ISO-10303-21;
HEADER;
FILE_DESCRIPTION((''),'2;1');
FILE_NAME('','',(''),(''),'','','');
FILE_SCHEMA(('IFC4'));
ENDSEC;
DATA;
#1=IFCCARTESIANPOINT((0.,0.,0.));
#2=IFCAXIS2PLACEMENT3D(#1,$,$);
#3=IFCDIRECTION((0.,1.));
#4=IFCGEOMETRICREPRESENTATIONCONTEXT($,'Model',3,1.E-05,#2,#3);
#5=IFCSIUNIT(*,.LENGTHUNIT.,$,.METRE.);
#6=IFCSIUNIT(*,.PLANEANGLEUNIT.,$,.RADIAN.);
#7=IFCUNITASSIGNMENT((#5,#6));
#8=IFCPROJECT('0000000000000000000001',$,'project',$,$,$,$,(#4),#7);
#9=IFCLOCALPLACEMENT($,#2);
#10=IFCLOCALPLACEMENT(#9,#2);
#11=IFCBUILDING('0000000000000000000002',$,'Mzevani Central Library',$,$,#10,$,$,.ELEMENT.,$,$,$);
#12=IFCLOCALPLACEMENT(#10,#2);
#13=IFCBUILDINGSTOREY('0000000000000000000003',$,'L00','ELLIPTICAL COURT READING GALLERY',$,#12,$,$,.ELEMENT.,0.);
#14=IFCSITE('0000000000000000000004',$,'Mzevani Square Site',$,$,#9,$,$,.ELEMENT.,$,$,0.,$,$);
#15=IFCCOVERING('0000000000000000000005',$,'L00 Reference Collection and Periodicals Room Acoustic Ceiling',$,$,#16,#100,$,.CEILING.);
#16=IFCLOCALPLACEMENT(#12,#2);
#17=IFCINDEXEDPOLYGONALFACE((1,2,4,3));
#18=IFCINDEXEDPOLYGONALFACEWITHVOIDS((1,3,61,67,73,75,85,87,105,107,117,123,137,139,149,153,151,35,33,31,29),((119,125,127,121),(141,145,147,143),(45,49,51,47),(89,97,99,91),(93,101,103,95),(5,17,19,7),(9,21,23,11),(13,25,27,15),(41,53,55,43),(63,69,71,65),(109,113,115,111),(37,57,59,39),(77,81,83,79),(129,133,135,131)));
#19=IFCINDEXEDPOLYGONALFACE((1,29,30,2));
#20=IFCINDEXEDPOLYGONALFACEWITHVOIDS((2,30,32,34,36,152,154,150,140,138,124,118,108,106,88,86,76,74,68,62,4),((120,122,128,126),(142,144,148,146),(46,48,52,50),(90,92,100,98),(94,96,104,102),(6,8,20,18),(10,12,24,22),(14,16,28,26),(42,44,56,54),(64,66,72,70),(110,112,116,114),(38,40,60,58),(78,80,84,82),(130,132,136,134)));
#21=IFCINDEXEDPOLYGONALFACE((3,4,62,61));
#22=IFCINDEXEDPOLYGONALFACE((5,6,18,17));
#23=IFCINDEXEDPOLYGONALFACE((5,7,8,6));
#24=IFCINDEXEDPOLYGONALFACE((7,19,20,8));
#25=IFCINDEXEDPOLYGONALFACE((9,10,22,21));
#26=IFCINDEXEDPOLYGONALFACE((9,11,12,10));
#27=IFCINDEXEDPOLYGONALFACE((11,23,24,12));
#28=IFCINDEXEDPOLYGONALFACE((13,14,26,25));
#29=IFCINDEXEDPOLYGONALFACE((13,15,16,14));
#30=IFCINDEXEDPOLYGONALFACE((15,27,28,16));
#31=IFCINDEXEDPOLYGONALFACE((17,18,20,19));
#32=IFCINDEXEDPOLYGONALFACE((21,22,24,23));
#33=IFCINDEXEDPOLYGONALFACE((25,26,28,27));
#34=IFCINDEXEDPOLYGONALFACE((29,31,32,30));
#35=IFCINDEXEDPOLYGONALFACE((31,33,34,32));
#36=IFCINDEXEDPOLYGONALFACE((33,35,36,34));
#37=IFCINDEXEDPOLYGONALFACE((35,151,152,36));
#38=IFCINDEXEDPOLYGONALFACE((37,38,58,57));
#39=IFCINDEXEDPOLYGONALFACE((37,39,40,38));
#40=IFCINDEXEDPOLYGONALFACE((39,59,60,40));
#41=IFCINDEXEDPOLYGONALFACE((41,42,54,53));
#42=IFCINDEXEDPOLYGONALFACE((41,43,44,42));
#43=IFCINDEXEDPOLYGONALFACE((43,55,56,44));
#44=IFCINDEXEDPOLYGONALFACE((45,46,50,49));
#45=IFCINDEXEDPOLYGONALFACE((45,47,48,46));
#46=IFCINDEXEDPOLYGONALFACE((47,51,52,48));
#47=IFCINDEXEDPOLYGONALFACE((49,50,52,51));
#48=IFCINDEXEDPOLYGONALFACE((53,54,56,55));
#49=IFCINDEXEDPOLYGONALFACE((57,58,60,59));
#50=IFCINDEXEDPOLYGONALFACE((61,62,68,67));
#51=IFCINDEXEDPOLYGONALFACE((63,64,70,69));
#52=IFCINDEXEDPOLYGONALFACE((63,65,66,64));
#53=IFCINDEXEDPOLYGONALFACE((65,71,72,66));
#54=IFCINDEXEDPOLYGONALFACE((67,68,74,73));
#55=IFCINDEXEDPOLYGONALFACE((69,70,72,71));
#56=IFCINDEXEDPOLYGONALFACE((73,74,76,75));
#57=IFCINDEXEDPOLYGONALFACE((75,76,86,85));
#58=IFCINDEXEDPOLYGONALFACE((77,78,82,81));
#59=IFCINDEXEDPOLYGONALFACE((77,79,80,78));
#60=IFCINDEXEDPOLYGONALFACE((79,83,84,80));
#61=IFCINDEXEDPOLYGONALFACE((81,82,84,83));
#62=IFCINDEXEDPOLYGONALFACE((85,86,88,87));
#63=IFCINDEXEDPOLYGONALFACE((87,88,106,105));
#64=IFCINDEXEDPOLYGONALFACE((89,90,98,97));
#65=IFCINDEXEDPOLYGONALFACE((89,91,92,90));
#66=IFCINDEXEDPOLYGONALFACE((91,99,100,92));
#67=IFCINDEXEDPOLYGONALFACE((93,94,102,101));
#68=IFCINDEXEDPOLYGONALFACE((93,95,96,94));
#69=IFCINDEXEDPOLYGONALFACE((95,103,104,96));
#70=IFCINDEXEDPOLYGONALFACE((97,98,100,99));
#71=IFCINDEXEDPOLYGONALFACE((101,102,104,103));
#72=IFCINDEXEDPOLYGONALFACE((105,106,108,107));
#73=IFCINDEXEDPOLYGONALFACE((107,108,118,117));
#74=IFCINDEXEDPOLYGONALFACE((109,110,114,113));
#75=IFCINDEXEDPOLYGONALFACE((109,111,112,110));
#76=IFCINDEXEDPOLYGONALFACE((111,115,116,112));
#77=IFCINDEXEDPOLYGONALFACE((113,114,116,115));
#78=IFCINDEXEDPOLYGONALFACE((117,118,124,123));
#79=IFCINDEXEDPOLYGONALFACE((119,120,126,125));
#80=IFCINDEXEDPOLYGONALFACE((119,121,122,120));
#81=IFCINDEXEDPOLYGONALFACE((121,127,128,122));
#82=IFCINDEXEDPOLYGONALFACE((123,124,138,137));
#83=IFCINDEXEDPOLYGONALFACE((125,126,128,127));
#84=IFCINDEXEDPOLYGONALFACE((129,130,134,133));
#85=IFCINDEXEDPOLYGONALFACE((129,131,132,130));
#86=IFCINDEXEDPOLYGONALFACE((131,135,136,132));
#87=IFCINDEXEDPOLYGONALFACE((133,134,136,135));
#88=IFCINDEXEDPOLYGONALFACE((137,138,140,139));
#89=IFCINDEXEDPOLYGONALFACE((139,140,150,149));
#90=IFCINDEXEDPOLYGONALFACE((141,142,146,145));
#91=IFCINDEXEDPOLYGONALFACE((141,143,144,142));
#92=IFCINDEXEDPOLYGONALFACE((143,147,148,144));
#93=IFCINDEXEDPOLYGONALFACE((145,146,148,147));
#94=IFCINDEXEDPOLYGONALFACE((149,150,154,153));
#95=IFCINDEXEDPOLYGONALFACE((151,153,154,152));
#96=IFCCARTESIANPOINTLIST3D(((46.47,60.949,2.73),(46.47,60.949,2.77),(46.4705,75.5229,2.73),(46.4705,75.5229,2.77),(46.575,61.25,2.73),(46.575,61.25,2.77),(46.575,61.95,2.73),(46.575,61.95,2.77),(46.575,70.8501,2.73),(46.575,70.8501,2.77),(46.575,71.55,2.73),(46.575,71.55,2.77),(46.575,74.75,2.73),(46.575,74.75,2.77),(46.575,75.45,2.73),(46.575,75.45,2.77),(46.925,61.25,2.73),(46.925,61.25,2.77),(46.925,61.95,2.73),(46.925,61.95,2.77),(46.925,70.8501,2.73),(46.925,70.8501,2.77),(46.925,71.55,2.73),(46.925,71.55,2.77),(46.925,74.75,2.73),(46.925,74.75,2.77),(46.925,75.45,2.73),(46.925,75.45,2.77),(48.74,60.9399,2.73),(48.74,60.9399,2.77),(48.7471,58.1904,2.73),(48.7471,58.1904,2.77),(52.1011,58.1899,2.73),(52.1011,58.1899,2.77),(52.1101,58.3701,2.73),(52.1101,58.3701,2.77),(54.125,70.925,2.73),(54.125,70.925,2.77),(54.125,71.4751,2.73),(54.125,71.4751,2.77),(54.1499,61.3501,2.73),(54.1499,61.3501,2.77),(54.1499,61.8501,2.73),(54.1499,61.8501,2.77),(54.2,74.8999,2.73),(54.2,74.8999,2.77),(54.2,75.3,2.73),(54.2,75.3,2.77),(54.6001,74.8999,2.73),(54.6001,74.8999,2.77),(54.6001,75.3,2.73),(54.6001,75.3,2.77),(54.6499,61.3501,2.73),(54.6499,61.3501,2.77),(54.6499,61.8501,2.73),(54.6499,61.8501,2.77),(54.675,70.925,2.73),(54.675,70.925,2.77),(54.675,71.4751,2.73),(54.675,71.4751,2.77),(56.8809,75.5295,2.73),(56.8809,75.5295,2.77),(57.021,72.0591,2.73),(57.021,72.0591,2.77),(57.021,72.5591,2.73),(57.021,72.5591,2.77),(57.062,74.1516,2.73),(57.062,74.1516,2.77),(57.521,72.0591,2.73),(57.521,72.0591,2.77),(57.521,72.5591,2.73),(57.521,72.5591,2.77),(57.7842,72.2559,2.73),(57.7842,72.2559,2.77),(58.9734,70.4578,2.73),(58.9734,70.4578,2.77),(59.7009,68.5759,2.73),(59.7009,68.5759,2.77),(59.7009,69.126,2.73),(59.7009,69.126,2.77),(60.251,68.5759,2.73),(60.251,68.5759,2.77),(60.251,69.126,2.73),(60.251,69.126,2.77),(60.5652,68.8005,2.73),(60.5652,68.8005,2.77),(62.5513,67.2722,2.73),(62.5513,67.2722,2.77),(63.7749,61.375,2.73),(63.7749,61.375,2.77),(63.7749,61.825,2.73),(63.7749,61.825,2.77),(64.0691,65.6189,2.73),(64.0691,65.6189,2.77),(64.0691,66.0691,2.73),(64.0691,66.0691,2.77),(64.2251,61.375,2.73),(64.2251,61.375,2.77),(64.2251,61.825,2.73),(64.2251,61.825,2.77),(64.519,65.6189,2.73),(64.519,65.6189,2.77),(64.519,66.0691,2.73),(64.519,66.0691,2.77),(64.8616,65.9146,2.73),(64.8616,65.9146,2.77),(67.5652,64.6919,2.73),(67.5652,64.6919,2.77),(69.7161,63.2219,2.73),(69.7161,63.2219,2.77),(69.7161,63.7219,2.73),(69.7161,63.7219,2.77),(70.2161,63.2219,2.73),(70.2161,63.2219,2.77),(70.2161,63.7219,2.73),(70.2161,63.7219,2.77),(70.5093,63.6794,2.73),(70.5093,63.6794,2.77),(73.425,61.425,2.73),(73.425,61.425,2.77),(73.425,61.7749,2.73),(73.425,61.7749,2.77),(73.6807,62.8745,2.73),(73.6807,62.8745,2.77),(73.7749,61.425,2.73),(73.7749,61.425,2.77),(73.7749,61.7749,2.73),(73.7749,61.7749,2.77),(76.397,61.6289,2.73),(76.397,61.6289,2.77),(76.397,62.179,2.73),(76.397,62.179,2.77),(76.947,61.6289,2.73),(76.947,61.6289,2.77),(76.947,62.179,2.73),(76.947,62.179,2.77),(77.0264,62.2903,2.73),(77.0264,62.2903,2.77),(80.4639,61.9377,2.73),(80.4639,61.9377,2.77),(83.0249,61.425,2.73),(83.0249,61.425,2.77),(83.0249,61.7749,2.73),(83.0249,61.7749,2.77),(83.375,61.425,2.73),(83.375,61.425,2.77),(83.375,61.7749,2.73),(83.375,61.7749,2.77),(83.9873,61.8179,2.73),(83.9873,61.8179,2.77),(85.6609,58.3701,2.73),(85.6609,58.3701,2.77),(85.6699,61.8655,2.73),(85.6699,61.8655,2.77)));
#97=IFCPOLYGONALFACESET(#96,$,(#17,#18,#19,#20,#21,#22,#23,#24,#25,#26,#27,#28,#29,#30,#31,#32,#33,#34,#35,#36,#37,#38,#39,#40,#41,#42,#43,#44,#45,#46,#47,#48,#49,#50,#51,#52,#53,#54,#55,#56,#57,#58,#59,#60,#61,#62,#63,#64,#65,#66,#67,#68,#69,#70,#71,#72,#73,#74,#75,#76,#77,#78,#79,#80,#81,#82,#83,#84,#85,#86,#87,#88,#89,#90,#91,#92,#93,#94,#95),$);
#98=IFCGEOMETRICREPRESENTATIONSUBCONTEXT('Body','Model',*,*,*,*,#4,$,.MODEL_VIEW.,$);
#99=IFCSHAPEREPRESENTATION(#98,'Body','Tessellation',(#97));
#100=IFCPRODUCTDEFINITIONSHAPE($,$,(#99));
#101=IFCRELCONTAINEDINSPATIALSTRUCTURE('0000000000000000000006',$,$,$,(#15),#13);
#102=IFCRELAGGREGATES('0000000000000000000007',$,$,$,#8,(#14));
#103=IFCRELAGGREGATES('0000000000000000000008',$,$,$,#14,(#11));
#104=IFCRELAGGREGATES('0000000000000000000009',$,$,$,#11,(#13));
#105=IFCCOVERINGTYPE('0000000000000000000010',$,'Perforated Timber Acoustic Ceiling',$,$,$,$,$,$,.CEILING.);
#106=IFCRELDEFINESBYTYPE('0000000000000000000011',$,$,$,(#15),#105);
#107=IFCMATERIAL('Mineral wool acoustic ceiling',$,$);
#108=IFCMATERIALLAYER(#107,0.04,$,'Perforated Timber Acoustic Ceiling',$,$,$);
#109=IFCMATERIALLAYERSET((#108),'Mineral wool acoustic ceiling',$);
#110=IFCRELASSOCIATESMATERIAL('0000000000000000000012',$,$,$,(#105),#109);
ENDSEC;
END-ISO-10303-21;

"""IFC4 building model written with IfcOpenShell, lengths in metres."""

from ifc_helpers import new_model, si_unit, direction, frame, origin, place, context, subcontext, project, spatial, polyline, outline, extrude, material, layer, layer_set, type_object, element, save


model = new_model("IFC4")

# Units and contexts
model_context = context("Model", 3, precision=1e-05, world=origin(), true_north=direction((0.0, 1.0)))
body_context = subcontext(model_context, "Body", "Model", "MODEL_VIEW")
ifc_project = project(units=[si_unit("LENGTHUNIT", "METRE"), si_unit("PLANEANGLEUNIT", "RADIAN")], contexts=[model_context])

# Site, building, storey
site_placement = place(None, origin())
site = spatial("IfcSite", under=ifc_project, at=site_placement, Name="Mzevani Square Site", CompositionType="ELEMENT", RefElevation=0.0)
building_placement = place(site_placement, origin())
building = spatial("IfcBuilding", under=site, at=building_placement, Name="Mzevani Central Library", CompositionType="ELEMENT")
storey_placement = place(building_placement, origin())
storey = spatial("IfcBuildingStorey", under=building, at=storey_placement, Name="L00", Description="ELLIPTICAL COURT READING GALLERY", CompositionType="ELEMENT", Elevation=0.0)

# Covering
ifc_material_1 = material(Name="Mineral wool acoustic ceiling")
ifc_layer_1 = layer(ifc_material_1, 0.04, Name="Perforated Timber Acoustic Ceiling")
ifc_layer_set_1 = layer_set([ifc_layer_1], Name="Mineral wool acoustic ceiling")
covering_type_1 = type_object("IfcCoveringType", Name="Perforated Timber Acoustic Ceiling", PredefinedType="CEILING", material=ifc_layer_set_1)
covering_1_placement = place(storey_placement, frame((0.0, 0.0, 2.73)))
element("IfcCovering", 1, at=covering_1_placement, inside=storey, type_object=covering_type_1, Name="L00 Reference Collection and Periodicals Room Acoustic Ceiling", PredefinedType="CEILING", context=body_context, shape_type="SweptSolid", body=[
    extrude(outline(polyline([(85.6699, 61.8655), (85.6609, 58.3701), (52.1101, 58.3701), (52.1011, 58.1899), (48.7471, 58.1904), (48.74, 60.9399), (46.47, 60.949), (46.4705, 75.5229), (56.8809, 75.5295), (57.062, 74.1516), (57.7842, 72.2559), (58.9734, 70.4578), (60.5652, 68.8005), (62.5513, 67.2722), (64.8616, 65.9146), (67.5652, 64.6919), (70.5093, 63.6794), (73.6807, 62.8745), (77.0264, 62.2903), (80.4639, 61.9377), (83.9873, 61.8179), (85.6699, 61.8655)]), holes=[polyline([(46.575, 61.95), (46.575, 61.25), (46.925, 61.25), (46.925, 61.95), (46.575, 61.95)]), polyline([(46.925, 71.55), (46.575, 71.55), (46.575, 70.8501), (46.925, 70.8501), (46.925, 71.55)]), polyline([(46.925, 74.75), (46.925, 75.45), (46.575, 75.45), (46.575, 74.75), (46.925, 74.75)]), polyline([(54.1499, 61.3501), (54.6499, 61.3501), (54.6499, 61.8501), (54.1499, 61.8501), (54.1499, 61.3501)]), polyline([(54.125, 71.4751), (54.125, 70.925), (54.675, 70.925), (54.675, 71.4751), (54.125, 71.4751)]), polyline([(54.6001, 75.3), (54.2, 75.3), (54.2, 74.8999), (54.6001, 74.8999), (54.6001, 75.3)]), polyline([(64.2251, 61.375), (64.2251, 61.825), (63.7749, 61.825), (63.7749, 61.375), (64.2251, 61.375)]), polyline([(73.425, 61.425), (73.7749, 61.425), (73.7749, 61.7749), (73.425, 61.7749), (73.425, 61.425)]), polyline([(83.0249, 61.7749), (83.0249, 61.425), (83.375, 61.425), (83.375, 61.7749), (83.0249, 61.7749)]), polyline([(57.521, 72.5591), (57.021, 72.5591), (57.021, 72.0591), (57.521, 72.0591), (57.521, 72.5591)]), polyline([(60.251, 68.5759), (60.251, 69.126), (59.7009, 69.126), (59.7009, 68.5759), (60.251, 68.5759)]), polyline([(64.0691, 65.6189), (64.519, 65.6189), (64.519, 66.0691), (64.0691, 66.0691), (64.0691, 65.6189)]), polyline([(69.7161, 63.7219), (69.7161, 63.2219), (70.2161, 63.2219), (70.2161, 63.7219), (69.7161, 63.7219)]), polyline([(76.947, 62.179), (76.397, 62.179), (76.397, 61.6289), (76.947, 61.6289), (76.947, 62.179)])]), origin(), (0.0, 0.0, 1.0), 0.04),
])

save(model, "model.ifc")
